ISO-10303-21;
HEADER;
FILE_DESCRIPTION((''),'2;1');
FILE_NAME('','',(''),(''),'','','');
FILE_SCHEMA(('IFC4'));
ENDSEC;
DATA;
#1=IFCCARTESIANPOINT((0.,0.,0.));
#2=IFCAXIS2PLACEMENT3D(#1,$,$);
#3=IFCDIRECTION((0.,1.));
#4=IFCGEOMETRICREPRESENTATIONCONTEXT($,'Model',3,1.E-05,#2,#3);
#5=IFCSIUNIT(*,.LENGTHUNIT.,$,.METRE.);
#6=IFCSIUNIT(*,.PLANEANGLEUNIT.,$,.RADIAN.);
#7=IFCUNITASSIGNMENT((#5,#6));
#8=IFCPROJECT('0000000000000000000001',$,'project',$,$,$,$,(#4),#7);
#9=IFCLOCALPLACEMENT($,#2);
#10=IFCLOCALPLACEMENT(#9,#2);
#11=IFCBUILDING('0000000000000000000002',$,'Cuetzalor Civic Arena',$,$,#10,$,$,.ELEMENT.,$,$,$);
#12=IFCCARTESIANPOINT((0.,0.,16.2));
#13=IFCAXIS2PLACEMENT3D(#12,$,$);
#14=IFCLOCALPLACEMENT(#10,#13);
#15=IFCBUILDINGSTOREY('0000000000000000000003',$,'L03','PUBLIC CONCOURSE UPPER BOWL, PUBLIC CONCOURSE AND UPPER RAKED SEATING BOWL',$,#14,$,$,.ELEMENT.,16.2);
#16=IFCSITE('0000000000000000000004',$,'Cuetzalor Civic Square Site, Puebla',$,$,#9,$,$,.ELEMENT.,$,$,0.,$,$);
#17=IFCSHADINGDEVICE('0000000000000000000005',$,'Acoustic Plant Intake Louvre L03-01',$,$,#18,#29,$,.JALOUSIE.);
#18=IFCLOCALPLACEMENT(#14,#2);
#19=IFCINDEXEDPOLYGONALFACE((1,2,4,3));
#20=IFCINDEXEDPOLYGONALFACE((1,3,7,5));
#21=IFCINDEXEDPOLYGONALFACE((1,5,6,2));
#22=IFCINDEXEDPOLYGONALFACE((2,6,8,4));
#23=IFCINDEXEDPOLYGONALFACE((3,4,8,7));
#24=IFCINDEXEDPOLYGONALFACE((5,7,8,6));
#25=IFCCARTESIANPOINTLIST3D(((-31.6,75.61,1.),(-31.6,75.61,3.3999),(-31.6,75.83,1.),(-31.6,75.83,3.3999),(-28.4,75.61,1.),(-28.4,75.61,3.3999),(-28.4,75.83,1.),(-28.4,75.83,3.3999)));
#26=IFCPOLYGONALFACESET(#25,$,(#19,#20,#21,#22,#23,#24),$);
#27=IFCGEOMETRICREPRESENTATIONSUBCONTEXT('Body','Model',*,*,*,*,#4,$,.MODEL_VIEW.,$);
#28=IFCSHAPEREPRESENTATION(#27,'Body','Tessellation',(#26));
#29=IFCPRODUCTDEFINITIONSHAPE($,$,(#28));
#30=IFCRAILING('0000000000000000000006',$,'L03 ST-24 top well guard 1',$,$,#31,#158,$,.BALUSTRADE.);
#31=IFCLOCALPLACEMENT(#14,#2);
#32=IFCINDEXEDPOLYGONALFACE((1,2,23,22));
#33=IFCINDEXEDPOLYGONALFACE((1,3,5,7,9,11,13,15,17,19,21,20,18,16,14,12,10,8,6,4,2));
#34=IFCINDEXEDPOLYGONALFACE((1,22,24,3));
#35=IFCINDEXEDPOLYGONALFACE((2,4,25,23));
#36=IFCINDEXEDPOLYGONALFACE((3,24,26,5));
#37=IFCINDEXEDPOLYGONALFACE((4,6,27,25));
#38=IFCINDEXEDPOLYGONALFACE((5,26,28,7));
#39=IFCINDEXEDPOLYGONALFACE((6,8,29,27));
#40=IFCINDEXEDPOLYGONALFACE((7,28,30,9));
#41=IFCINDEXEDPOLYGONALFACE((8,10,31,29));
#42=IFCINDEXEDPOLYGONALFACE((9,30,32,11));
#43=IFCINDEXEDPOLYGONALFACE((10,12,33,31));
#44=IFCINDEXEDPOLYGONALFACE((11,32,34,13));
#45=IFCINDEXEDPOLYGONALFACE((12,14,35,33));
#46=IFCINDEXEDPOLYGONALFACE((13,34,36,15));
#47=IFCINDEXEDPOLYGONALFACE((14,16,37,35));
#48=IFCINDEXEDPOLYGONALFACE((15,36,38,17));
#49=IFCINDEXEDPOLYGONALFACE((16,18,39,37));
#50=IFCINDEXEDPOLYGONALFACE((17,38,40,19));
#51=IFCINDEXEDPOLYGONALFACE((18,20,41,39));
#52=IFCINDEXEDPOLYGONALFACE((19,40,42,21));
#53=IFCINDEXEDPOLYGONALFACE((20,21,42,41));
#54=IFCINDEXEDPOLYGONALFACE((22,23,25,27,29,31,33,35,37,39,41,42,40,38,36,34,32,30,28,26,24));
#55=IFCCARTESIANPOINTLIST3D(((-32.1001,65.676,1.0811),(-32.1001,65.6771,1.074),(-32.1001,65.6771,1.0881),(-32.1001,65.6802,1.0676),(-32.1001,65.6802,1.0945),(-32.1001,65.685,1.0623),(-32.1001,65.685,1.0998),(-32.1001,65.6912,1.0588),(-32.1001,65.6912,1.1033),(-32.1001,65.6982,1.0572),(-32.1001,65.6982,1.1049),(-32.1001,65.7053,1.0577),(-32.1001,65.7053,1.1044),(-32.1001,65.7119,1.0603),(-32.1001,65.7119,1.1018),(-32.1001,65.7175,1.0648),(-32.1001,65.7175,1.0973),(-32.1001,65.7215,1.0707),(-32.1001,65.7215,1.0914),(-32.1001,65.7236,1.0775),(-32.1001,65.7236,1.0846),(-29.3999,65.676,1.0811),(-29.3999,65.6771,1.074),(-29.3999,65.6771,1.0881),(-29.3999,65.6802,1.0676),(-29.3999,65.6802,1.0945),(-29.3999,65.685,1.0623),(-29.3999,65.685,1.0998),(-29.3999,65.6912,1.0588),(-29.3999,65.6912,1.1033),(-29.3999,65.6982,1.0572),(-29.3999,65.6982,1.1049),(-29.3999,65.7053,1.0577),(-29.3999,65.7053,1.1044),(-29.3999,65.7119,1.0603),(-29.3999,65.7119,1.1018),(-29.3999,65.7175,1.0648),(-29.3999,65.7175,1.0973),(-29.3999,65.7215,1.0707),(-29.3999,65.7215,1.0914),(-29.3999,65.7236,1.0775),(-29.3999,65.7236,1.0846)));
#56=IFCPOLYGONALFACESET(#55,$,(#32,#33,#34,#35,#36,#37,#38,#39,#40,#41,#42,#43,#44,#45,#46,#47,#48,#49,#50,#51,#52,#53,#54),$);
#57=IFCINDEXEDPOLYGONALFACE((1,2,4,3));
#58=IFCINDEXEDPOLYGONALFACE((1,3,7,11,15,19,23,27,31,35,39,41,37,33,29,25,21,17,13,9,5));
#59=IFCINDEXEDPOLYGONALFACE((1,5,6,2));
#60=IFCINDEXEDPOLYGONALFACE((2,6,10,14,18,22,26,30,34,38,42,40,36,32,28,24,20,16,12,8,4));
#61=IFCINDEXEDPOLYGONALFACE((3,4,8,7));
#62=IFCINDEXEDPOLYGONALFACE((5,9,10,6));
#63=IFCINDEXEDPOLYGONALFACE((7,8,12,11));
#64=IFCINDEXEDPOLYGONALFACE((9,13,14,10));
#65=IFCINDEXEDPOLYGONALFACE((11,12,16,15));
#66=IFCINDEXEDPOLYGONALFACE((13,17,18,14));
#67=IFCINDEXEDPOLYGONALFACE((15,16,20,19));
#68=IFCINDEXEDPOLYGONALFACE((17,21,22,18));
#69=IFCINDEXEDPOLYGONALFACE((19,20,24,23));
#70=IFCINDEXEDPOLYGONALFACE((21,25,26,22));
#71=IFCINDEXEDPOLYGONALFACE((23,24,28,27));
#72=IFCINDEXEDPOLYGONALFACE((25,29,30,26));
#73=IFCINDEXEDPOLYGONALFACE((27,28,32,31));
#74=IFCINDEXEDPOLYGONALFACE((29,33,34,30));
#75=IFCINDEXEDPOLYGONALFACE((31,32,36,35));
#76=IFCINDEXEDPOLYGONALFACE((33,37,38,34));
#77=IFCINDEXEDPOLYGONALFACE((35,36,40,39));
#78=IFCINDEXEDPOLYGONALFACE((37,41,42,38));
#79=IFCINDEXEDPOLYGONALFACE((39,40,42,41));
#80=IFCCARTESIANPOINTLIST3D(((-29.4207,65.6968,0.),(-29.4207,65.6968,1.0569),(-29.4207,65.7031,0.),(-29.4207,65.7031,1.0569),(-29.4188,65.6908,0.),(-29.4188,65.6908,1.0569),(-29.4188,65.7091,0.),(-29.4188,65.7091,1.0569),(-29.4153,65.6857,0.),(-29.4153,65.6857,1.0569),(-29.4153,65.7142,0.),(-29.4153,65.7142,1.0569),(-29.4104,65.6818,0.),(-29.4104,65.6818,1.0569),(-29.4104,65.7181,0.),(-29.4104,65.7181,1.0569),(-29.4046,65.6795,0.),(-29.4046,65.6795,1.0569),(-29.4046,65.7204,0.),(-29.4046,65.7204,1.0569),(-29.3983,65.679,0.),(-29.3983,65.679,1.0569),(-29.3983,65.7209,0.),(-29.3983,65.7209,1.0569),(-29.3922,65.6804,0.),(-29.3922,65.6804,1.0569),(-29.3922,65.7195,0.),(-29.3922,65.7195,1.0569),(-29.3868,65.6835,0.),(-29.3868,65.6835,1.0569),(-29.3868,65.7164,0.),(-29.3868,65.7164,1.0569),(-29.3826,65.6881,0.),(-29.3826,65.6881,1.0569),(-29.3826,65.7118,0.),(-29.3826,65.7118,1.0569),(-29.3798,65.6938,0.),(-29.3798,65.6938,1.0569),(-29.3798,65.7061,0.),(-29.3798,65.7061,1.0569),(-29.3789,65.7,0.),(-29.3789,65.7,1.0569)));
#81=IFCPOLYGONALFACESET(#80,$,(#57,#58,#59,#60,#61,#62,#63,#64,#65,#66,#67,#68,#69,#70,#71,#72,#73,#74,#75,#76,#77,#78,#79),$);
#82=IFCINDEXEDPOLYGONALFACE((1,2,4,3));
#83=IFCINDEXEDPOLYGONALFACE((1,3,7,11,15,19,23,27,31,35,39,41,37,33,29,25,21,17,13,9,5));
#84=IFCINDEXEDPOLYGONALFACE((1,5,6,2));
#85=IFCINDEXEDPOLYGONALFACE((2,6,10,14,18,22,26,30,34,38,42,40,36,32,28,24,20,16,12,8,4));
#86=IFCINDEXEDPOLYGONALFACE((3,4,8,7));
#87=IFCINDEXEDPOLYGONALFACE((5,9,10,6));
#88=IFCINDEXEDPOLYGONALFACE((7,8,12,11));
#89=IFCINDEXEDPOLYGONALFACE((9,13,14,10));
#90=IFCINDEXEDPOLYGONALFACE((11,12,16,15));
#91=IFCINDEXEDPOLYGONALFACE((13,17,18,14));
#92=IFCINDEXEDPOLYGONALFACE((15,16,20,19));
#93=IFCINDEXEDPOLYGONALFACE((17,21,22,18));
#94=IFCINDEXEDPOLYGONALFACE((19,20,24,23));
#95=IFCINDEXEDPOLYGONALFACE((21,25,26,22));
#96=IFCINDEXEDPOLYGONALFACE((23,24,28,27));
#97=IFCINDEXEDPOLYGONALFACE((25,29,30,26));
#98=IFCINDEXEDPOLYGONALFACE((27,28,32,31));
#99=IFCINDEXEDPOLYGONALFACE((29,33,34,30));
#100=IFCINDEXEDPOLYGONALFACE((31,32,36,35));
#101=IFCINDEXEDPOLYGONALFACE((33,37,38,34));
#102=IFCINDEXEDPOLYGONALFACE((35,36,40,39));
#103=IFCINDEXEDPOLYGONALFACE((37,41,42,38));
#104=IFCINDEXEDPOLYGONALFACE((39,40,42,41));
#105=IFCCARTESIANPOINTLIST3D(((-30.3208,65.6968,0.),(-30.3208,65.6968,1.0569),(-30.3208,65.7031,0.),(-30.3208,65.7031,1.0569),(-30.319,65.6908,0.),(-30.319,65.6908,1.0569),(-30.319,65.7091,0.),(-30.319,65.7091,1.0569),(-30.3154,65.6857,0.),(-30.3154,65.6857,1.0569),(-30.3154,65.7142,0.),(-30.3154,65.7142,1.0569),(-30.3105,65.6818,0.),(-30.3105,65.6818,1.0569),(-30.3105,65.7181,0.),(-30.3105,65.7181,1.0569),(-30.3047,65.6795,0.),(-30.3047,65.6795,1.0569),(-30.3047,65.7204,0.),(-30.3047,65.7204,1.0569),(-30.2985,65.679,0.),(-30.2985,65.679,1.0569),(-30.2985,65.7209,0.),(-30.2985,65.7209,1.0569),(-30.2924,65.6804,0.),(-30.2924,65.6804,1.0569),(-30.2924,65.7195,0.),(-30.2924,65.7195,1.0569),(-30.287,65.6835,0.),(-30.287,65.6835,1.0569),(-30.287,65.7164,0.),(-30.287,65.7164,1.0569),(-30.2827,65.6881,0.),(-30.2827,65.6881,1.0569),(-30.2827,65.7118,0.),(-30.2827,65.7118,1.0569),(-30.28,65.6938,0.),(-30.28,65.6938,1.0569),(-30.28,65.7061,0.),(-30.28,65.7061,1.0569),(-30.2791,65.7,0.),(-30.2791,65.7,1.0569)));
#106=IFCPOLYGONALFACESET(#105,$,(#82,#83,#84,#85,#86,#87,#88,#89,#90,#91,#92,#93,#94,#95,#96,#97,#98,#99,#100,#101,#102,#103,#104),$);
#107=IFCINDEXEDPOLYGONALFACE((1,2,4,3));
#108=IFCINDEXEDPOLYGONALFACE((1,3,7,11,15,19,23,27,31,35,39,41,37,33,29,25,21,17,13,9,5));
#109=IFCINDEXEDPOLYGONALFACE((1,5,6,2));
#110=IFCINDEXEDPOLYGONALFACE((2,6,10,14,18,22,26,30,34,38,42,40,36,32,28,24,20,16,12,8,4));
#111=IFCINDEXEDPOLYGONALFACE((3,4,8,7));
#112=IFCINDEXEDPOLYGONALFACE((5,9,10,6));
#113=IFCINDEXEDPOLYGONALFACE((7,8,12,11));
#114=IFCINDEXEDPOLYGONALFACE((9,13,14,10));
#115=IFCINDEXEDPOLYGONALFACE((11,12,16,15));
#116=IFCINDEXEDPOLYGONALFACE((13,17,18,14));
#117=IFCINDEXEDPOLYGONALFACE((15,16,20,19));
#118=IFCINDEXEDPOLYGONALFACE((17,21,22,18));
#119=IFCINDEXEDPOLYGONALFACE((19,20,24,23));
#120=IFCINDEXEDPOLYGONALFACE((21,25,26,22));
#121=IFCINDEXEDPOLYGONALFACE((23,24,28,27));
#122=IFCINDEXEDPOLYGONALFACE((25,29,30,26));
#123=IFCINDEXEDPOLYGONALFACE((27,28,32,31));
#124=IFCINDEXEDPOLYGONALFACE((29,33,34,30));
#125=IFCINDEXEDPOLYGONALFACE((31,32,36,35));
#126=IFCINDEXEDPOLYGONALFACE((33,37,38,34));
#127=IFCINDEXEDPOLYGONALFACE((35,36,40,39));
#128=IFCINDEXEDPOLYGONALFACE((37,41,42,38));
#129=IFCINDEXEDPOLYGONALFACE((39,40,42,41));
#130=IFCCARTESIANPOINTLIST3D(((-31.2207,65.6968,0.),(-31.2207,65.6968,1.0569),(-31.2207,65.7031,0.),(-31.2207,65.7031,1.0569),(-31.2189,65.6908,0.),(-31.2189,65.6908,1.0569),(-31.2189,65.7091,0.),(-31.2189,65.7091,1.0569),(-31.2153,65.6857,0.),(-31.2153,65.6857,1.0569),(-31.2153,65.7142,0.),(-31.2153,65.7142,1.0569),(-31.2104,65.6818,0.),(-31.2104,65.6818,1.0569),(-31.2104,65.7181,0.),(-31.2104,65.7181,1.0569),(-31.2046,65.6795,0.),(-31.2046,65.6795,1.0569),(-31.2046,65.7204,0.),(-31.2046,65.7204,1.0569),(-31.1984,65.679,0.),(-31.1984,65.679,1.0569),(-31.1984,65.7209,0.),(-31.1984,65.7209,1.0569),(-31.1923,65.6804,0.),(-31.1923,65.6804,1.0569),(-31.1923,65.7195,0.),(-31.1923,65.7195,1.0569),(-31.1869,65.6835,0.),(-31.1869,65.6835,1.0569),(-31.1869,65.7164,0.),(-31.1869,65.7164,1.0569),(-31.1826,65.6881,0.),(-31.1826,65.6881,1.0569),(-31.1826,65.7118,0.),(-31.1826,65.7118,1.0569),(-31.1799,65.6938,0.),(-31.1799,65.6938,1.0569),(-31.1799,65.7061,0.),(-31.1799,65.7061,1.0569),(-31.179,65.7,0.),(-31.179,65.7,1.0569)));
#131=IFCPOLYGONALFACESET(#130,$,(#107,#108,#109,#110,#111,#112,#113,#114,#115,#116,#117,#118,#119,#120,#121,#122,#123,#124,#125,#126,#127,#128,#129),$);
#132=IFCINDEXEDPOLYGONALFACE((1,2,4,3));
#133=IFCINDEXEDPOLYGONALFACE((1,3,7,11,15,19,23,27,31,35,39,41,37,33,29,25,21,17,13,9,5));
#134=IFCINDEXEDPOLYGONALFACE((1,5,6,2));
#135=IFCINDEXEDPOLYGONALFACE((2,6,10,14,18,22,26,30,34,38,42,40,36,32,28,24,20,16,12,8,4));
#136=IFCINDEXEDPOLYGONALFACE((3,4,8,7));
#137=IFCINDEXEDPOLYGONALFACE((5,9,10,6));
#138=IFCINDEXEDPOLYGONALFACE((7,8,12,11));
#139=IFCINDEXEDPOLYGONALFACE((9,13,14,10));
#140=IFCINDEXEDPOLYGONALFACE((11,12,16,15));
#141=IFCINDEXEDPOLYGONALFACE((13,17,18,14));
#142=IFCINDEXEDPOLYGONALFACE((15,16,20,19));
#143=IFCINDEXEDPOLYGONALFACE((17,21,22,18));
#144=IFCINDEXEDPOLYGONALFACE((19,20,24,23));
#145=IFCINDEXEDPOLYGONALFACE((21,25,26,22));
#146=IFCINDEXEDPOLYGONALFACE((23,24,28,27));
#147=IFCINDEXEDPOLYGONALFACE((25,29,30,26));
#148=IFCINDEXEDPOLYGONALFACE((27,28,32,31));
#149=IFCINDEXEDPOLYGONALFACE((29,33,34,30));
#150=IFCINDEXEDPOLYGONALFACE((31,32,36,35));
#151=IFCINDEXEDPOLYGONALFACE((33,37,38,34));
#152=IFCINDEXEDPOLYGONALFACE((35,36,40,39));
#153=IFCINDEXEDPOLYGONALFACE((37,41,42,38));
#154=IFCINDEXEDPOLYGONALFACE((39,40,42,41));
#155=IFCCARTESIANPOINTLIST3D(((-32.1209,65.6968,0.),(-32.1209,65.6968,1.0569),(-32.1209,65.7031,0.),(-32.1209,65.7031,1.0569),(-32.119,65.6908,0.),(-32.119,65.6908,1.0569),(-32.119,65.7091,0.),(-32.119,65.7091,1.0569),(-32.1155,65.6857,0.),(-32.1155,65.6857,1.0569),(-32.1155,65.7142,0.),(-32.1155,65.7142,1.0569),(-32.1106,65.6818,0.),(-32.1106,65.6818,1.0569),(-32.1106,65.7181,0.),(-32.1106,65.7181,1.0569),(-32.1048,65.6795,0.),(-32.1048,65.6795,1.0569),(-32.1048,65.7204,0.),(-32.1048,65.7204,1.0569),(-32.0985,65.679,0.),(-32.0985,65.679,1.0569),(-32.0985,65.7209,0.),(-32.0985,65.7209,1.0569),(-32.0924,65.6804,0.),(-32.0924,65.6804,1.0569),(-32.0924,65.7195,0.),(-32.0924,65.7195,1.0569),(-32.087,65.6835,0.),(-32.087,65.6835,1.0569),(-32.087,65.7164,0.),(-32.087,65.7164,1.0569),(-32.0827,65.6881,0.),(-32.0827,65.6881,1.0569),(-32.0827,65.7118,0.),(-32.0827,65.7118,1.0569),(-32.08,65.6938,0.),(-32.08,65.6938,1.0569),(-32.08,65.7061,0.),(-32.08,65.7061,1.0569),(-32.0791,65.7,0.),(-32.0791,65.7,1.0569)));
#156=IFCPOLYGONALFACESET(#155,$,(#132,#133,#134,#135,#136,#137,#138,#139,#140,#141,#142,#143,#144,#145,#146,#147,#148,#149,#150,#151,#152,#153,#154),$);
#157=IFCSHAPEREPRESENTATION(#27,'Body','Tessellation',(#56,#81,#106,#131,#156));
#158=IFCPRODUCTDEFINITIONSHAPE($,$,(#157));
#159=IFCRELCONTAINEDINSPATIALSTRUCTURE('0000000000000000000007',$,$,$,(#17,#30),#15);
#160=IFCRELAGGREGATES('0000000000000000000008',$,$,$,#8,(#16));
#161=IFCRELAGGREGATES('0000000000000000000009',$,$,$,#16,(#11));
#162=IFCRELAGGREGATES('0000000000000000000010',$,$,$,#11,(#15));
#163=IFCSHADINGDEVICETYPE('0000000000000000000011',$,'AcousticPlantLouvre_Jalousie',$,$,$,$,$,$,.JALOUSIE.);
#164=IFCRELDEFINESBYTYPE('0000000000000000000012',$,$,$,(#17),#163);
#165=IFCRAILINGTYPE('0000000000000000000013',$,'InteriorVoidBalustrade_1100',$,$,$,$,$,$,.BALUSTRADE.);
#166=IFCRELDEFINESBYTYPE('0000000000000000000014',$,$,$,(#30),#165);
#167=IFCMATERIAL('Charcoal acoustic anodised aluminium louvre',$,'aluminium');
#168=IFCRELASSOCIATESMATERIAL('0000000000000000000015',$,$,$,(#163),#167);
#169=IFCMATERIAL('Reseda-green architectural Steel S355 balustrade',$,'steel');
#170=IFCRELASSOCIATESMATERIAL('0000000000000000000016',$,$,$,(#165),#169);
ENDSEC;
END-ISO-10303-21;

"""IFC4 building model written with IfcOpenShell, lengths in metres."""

from ifc_helpers import new_model, si_unit, direction, frame, origin, origin_2d, place, context, subcontext, project, spatial, rectangle, circle, extrude, material, type_object, element, save


model = new_model("IFC4")

# Units and contexts
model_context = context("Model", 3, precision=1e-05, world=origin(), true_north=direction((0.0, 1.0)))
body_context = subcontext(model_context, "Body", "Model", "MODEL_VIEW")
ifc_project = project(units=[si_unit("LENGTHUNIT", "METRE"), si_unit("PLANEANGLEUNIT", "RADIAN")], contexts=[model_context])

# Site, building, storey
site_placement = place(None, origin())
site = spatial("IfcSite", under=ifc_project, at=site_placement, Name="Cuetzalor Civic Square Site, Puebla", CompositionType="ELEMENT", RefElevation=0.0)
building_placement = place(site_placement, origin())
building = spatial("IfcBuilding", under=site, at=building_placement, Name="Cuetzalor Civic Arena", CompositionType="ELEMENT")
storey_placement = place(building_placement, frame((0.0, 0.0, 16.2)))
storey = spatial("IfcBuildingStorey", under=building, at=storey_placement, Name="L03", Description="PUBLIC CONCOURSE UPPER BOWL, PUBLIC CONCOURSE AND UPPER RAKED SEATING BOWL", CompositionType="ELEMENT", Elevation=16.2)

# Shading device
ifc_material_1 = material(Name="Charcoal acoustic anodised aluminium louvre", Category="aluminium")
shading_device_type = type_object("IfcShadingDeviceType", Name="AcousticPlantLouvre_Jalousie", PredefinedType="JALOUSIE", material=ifc_material_1)
shading_device_placement = place(storey_placement, frame((-30.0, 75.72, 1.0), z_axis=(0.0, 0.0, 1.0), x_axis=(1.0, 0.0, 0.0)))
element("IfcShadingDevice", 1, at=shading_device_placement, inside=storey, type_object=shading_device_type, Name="Acoustic Plant Intake Louvre L03-01", PredefinedType="JALOUSIE", context=body_context, shape_type="SweptSolid", body=[
    extrude(rectangle(XDim=3.2, YDim=0.22, at=origin_2d()), origin(), (0.0, 0.0, 1.0), 2.3999),
])

# Railing
ifc_material_2 = material(Name="Reseda-green architectural Steel S355 balustrade", Category="steel")
railing_type = type_object("IfcRailingType", Name="InteriorVoidBalustrade_1100", PredefinedType="BALUSTRADE", material=ifc_material_2)
railing_placement = place(storey_placement, frame((-29.3999, 65.7, 0.0)))
element("IfcRailing", 2, at=railing_placement, inside=storey, type_object=railing_type, Name="L03 ST-24 top well guard 1", PredefinedType="BALUSTRADE", context=body_context, shape_type="SweptSolid", body=[
    extrude(circle(Radius=0.0239, at=origin_2d()), frame((0.0, 0.0, 1.0811), z_axis=(-1.0, 0.0, 0.0), x_axis=(0.0, -1.0, 0.0)), (0.0, 0.0, 1.0), 2.7002),
    extrude(circle(Radius=0.021, at=origin_2d()), origin(), (0.0, 0.0, 1.0), 1.0569),
    extrude(circle(Radius=0.021, at=origin_2d()), frame((-0.9001, 0.0, 0.0)), (0.0, 0.0, 1.0), 1.0569),
    extrude(circle(Radius=0.021, at=origin_2d()), frame((-1.8, 0.0, 0.0)), (0.0, 0.0, 1.0), 1.0569),
    extrude(circle(Radius=0.021, at=origin_2d()), frame((-2.7002, 0.0, 0.0)), (0.0, 0.0, 1.0), 1.0569),
])

save(model, "model.ifc")
